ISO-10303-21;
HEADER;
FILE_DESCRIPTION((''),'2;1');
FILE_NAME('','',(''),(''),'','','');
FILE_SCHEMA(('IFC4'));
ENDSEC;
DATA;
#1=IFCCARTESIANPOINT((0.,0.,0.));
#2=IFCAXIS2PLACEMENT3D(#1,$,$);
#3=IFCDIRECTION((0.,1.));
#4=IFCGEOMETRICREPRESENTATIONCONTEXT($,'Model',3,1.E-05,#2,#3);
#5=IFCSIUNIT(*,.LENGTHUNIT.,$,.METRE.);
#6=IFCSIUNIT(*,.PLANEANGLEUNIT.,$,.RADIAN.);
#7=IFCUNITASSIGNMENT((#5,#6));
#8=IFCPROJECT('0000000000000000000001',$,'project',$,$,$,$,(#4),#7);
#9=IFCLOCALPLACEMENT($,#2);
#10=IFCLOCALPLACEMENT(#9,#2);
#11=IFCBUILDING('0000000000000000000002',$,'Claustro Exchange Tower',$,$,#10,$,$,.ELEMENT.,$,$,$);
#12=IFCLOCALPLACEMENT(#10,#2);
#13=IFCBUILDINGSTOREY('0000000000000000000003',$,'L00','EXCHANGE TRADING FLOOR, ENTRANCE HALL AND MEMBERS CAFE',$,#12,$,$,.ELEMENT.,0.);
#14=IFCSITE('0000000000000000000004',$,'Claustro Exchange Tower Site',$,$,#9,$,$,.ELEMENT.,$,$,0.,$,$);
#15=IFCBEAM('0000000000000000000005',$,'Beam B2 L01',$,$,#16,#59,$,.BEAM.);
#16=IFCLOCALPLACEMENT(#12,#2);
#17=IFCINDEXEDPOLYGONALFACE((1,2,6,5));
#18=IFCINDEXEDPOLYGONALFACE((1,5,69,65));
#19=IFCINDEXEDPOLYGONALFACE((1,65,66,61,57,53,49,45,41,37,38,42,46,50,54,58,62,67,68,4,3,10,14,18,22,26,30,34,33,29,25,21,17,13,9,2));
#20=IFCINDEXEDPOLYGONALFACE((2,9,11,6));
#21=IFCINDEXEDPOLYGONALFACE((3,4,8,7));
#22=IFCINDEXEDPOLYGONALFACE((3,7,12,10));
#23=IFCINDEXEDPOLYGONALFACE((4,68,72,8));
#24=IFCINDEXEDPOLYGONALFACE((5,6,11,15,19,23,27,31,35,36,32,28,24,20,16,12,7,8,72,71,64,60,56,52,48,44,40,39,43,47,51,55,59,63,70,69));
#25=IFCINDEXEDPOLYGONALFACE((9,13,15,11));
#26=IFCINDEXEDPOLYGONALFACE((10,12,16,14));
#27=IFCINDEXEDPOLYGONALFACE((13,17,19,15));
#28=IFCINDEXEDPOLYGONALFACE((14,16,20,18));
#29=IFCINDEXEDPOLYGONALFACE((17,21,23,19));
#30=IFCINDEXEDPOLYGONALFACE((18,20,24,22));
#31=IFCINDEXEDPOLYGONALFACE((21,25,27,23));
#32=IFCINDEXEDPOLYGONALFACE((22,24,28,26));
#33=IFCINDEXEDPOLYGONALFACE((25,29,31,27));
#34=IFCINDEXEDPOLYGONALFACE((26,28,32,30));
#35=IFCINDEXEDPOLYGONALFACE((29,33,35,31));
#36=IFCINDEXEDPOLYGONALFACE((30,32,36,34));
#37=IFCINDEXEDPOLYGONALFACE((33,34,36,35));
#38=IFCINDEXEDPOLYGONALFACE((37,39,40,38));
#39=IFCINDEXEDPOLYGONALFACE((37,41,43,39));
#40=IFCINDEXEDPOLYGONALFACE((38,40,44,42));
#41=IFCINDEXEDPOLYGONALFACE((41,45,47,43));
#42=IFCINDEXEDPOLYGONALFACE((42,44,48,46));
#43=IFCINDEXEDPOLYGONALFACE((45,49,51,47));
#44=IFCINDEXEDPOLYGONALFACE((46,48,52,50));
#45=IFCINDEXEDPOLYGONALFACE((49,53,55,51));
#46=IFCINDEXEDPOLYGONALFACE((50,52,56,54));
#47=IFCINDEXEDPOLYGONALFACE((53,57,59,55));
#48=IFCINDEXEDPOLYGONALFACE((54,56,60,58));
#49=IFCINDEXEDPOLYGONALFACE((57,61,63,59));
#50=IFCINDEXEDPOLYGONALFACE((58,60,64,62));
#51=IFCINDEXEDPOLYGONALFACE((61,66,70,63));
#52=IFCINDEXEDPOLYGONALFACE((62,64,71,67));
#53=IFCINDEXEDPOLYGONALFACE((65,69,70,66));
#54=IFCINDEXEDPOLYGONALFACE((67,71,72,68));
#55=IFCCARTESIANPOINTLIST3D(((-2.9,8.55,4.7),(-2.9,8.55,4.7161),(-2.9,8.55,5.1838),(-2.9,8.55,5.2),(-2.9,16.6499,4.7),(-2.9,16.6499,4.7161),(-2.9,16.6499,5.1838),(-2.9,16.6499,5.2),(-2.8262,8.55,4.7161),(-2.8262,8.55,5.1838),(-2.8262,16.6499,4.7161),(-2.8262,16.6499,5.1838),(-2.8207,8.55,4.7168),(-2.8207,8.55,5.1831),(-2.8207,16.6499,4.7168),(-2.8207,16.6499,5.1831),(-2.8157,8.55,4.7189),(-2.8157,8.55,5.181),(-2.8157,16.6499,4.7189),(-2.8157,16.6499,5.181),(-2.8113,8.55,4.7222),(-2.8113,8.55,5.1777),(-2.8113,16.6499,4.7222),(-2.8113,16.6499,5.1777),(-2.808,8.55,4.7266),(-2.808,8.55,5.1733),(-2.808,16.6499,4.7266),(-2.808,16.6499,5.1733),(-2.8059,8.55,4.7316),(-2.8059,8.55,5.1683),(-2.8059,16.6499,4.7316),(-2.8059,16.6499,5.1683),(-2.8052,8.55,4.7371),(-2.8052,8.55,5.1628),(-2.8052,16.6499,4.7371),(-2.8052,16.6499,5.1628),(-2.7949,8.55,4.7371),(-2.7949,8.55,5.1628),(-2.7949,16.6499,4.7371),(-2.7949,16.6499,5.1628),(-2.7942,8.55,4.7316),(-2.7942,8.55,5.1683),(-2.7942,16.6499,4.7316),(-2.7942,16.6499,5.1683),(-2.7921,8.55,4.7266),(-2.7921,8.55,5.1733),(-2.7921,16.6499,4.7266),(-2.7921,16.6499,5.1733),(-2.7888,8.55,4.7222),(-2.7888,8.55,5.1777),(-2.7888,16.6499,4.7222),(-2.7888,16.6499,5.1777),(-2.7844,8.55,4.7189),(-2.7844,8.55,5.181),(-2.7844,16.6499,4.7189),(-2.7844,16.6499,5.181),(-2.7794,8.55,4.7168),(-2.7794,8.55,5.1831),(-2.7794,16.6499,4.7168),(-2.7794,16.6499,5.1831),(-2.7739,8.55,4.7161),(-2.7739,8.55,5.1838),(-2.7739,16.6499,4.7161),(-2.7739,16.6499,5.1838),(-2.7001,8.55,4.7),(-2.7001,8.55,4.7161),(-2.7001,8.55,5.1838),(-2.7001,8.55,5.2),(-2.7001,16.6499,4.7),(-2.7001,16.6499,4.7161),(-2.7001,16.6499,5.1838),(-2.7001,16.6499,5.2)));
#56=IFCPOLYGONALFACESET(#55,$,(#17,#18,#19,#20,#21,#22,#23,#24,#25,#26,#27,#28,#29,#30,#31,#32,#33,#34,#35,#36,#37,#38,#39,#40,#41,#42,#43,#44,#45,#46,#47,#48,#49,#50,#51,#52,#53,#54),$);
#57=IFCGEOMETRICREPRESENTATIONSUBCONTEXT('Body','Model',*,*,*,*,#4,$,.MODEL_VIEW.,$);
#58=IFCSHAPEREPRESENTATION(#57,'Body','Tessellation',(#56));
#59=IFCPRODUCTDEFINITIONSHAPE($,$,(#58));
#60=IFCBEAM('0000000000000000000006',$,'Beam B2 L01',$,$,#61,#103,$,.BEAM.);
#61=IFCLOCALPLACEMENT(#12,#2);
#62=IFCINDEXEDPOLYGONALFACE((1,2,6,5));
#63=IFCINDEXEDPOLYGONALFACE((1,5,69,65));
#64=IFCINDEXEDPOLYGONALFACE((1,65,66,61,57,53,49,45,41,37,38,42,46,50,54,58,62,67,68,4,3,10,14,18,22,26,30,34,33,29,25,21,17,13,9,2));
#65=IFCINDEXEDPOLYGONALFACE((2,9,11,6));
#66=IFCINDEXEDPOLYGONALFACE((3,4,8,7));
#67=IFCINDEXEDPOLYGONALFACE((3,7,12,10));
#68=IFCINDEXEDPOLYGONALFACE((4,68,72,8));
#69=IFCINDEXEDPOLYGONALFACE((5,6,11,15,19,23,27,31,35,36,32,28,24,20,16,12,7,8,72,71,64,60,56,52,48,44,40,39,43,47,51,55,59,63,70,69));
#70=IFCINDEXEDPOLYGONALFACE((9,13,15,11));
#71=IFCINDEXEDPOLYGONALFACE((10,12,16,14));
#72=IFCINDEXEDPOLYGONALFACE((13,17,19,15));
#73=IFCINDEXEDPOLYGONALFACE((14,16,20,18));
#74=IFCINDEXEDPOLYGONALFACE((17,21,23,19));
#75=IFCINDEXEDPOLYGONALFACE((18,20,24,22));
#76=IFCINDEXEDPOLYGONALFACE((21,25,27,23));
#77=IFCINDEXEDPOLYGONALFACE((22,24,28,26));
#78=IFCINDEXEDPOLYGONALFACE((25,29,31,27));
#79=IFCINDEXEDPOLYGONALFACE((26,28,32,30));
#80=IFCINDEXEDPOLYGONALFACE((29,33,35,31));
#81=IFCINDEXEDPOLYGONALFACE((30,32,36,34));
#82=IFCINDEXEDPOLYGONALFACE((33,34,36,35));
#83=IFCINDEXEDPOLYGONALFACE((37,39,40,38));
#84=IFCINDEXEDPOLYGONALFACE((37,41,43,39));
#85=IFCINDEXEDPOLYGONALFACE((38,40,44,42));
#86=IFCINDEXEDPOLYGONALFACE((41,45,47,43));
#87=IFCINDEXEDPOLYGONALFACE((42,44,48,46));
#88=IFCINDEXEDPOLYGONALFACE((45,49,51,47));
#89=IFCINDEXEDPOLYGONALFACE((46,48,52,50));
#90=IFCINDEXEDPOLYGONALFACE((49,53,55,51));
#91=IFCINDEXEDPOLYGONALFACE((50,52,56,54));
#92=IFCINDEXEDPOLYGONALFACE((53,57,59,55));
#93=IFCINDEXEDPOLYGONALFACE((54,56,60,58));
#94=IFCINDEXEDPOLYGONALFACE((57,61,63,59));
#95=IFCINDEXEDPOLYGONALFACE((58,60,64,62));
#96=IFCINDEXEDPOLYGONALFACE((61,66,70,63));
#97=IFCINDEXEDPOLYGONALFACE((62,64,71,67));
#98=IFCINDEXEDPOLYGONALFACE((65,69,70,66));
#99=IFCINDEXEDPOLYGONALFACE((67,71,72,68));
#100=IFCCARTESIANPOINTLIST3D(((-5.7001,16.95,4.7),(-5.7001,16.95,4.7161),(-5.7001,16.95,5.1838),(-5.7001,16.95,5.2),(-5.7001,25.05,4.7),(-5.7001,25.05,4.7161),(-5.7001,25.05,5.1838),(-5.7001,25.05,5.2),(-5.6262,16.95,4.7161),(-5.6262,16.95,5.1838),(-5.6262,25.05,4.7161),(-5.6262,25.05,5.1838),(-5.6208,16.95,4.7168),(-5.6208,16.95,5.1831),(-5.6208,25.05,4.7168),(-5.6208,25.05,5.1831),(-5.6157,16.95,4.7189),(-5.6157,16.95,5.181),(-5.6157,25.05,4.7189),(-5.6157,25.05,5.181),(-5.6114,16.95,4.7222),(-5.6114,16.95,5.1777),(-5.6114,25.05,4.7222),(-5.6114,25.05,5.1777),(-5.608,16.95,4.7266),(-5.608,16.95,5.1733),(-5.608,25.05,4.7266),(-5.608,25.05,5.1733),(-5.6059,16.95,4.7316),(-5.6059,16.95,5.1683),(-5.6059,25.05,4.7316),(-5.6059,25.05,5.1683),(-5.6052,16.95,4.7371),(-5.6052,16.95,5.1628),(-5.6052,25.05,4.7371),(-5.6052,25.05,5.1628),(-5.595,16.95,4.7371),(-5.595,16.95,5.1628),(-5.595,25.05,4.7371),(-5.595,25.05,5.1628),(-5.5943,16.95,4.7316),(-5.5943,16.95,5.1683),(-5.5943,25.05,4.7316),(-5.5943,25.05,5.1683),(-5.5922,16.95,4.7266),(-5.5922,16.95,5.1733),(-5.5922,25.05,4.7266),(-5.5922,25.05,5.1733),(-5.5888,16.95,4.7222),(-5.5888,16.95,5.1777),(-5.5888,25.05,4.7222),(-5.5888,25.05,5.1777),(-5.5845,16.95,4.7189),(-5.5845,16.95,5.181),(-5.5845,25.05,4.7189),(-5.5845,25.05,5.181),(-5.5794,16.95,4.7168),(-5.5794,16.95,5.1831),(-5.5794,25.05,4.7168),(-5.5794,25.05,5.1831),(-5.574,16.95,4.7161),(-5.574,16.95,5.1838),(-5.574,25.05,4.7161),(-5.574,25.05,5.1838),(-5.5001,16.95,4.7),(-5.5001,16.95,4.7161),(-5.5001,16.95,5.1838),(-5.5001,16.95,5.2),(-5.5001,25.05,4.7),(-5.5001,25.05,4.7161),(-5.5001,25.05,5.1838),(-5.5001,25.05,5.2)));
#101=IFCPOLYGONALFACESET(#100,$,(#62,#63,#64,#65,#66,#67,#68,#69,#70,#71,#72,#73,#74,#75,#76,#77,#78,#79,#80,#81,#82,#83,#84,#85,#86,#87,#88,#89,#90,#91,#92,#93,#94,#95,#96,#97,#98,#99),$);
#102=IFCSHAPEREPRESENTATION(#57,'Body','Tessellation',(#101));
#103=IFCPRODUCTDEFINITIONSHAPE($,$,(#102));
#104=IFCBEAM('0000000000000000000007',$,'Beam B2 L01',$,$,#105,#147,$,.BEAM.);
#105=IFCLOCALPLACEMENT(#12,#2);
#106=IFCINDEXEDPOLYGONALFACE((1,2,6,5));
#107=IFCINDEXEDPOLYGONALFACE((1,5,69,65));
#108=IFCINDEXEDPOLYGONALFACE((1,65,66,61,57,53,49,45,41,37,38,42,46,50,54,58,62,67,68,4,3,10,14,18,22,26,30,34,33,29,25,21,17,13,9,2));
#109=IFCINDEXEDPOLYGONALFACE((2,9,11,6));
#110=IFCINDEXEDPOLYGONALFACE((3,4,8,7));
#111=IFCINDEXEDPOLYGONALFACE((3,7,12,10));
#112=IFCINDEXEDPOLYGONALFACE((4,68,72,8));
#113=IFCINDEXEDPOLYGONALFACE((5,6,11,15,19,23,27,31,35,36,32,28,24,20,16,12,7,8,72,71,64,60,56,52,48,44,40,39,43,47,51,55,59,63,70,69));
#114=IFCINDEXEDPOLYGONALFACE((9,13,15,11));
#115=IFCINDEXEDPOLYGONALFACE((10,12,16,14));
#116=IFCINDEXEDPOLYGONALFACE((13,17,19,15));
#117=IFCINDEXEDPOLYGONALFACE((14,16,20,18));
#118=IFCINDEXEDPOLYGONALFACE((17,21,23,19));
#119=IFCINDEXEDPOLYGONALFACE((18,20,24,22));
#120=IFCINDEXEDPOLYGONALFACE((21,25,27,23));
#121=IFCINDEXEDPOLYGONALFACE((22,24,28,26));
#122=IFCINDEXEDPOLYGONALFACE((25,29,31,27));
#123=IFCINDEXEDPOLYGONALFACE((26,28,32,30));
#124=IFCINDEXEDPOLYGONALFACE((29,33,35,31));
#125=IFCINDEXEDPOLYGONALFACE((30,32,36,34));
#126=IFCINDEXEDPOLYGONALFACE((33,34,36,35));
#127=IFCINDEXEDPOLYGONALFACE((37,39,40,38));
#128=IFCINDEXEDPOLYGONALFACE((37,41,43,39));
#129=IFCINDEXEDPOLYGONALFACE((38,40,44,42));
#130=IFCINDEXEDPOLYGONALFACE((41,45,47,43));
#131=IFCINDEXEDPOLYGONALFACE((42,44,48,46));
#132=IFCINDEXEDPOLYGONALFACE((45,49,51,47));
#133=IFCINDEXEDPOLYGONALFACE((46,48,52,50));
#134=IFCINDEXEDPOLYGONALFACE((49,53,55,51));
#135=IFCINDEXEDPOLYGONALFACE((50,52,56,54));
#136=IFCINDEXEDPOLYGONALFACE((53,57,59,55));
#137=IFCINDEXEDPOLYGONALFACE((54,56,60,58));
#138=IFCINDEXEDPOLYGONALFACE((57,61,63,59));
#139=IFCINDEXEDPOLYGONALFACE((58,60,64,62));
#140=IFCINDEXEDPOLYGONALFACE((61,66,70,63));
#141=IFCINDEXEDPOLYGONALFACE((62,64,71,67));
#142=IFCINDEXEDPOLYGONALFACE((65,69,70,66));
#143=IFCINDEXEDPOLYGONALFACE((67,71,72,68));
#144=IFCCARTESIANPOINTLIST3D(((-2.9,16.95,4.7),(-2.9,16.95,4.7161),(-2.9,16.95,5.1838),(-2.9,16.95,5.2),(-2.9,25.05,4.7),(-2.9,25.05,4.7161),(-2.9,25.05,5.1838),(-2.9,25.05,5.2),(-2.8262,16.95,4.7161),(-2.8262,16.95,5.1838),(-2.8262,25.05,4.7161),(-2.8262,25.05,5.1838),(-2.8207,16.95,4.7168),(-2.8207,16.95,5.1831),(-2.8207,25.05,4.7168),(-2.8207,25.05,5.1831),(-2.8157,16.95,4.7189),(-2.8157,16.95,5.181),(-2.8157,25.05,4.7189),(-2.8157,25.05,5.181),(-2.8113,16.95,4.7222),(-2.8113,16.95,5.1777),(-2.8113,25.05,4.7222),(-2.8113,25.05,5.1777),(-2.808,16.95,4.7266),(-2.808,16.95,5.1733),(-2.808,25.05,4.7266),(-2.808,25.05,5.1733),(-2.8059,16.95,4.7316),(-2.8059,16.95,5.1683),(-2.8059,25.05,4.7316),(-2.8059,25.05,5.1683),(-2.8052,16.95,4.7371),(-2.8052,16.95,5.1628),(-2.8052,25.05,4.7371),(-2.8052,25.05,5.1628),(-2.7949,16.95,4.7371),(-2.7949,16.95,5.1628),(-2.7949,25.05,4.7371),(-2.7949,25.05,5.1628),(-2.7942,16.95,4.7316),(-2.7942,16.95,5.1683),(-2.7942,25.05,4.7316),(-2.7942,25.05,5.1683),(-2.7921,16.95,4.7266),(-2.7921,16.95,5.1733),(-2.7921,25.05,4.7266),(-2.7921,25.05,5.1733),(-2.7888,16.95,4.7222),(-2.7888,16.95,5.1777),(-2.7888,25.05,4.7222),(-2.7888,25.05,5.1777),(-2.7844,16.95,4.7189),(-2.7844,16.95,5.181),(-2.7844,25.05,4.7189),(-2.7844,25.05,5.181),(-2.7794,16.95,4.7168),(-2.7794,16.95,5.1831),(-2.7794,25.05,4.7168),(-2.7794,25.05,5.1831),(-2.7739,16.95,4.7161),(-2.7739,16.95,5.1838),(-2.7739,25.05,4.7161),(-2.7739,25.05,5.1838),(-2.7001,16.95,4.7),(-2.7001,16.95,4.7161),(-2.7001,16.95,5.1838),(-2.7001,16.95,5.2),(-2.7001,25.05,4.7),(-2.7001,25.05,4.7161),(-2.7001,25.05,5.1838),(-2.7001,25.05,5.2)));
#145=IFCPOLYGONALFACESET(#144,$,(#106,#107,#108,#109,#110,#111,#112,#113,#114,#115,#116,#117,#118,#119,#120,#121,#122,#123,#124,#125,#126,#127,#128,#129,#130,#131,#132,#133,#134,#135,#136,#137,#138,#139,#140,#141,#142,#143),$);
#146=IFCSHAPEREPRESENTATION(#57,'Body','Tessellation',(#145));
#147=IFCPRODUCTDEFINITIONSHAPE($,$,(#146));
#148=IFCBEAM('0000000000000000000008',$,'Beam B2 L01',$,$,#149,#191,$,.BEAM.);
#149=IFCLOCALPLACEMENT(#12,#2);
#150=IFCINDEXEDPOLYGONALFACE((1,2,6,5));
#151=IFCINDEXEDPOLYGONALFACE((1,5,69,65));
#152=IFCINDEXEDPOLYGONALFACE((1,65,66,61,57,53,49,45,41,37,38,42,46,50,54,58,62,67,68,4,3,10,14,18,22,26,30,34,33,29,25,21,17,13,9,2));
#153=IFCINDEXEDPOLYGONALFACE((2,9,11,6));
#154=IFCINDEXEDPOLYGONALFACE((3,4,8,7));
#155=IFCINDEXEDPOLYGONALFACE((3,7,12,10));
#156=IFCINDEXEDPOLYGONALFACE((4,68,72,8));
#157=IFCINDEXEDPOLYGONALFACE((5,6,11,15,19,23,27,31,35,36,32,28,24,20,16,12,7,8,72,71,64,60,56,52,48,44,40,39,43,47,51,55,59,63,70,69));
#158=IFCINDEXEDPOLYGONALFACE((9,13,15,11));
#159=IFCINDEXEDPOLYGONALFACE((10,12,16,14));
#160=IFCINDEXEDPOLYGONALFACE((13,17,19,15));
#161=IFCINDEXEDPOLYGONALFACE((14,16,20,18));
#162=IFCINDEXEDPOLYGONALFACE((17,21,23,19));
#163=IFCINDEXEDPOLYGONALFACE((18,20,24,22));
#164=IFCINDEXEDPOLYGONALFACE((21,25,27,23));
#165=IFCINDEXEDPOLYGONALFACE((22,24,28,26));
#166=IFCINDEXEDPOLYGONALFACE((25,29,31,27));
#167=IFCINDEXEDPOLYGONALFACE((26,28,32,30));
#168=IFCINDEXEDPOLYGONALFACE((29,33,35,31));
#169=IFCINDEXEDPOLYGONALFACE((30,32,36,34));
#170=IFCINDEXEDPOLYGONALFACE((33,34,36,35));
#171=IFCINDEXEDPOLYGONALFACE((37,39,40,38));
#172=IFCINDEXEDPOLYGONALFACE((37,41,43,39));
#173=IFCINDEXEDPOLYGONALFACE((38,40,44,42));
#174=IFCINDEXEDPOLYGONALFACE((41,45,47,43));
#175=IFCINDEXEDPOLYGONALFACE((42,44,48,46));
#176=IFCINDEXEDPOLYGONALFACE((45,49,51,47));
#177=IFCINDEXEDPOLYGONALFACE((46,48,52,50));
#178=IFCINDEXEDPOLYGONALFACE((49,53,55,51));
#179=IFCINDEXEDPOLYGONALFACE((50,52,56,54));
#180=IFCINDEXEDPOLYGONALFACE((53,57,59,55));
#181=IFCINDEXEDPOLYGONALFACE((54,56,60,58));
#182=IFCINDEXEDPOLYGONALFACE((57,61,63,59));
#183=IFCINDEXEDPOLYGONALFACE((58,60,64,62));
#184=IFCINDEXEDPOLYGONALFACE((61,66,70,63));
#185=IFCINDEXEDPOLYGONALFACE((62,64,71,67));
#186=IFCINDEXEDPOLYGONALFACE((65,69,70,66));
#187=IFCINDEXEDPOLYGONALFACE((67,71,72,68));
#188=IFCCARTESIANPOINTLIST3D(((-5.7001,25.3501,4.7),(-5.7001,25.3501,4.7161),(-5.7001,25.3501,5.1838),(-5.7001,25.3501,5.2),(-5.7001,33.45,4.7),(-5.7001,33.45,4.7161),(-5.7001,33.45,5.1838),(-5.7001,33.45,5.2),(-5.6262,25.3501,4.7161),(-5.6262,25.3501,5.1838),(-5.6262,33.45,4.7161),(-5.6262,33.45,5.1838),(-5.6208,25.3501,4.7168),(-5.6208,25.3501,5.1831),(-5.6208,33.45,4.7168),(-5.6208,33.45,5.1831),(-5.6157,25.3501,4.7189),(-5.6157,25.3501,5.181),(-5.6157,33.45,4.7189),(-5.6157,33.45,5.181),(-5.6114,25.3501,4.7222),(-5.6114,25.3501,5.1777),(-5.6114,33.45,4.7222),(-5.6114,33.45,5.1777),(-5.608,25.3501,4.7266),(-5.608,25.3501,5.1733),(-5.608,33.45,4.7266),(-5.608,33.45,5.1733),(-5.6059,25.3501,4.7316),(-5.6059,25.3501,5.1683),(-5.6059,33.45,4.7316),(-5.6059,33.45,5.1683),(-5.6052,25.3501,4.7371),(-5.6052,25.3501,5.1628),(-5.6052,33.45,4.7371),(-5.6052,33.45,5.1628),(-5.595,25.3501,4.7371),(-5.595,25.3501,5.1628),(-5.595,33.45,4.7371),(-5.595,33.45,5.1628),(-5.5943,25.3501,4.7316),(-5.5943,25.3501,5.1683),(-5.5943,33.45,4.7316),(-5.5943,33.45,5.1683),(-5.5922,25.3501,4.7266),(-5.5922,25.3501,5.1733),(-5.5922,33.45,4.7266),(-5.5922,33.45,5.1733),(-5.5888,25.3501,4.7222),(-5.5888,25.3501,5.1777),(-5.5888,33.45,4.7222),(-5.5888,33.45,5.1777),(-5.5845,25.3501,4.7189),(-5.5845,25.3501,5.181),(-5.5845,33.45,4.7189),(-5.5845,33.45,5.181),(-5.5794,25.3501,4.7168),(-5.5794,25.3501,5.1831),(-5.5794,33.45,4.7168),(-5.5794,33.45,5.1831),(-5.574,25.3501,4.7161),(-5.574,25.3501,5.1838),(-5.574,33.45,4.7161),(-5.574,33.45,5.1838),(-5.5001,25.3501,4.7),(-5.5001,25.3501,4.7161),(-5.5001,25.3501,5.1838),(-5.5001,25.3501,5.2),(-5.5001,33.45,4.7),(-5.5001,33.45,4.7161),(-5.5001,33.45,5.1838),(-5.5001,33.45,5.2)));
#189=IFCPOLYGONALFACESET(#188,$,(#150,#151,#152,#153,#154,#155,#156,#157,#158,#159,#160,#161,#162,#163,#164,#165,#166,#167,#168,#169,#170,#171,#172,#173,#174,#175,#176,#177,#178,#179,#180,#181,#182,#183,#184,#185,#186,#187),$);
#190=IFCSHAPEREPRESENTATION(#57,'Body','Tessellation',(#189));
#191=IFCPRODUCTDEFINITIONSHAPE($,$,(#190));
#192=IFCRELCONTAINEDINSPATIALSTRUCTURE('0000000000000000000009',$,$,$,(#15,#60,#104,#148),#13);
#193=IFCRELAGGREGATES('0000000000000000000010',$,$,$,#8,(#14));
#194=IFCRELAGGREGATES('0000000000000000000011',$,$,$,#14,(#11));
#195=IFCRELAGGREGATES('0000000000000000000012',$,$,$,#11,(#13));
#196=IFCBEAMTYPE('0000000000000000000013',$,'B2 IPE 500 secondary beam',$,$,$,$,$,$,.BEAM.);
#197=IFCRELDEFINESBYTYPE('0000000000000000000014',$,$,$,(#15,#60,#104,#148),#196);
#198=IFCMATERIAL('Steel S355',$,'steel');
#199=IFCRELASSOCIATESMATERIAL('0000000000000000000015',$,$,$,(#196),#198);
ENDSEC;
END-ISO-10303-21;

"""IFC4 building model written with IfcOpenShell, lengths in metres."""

from ifc_helpers import new_model, si_unit, direction, frame, origin, origin_2d, place, context, subcontext, project, spatial, i_section, extrude, material, material_profile, profile_set, type_object, element, save


model = new_model("IFC4")

# Units and contexts
model_context = context("Model", 3, precision=1e-05, world=origin(), true_north=direction((0.0, 1.0)))
body_context = subcontext(model_context, "Body", "Model", "MODEL_VIEW")
ifc_project = project(units=[si_unit("LENGTHUNIT", "METRE"), si_unit("PLANEANGLEUNIT", "RADIAN")], contexts=[model_context])

# Site, building, storey
site_placement = place(None, origin())
site = spatial("IfcSite", under=ifc_project, at=site_placement, Name="Claustro Exchange Tower Site", CompositionType="ELEMENT", RefElevation=0.0)
building_placement = place(site_placement, origin())
building = spatial("IfcBuilding", under=site, at=building_placement, Name="Claustro Exchange Tower", CompositionType="ELEMENT")
storey_placement = place(building_placement, origin())
storey = spatial("IfcBuildingStorey", under=building, at=storey_placement, Name="L00", Description="EXCHANGE TRADING FLOOR, ENTRANCE HALL AND MEMBERS CAFE", CompositionType="ELEMENT", Elevation=0.0)

# Beams
ifc_material_1 = material(Name="Steel S355", Category="steel")
ifc_material_profile_1 = material_profile(ifc_material_1, i_section(OverallWidth=0.2, OverallDepth=0.5, WebThickness=0.0103, FlangeThickness=0.0161, FilletRadius=0.021, at=origin_2d()), Name="IPE 500")
ifc_profile_set_1 = profile_set([ifc_material_profile_1], Name="Steel S355")
beam_type_1 = type_object("IfcBeamType", Name="B2 IPE 500 secondary beam", PredefinedType="BEAM", material=ifc_profile_set_1)
for number, where, z_axis, x_axis, name in (
    (1, (-2.8, 8.55, 4.95), (0.0, 1.0, 0.0), (-1.0, 0.0, 0.0), "Beam B2 L01"),
):
    element("IfcBeam", number, at=place(storey_placement, frame(where, z_axis=z_axis, x_axis=x_axis)), inside=storey, type_object=beam_type_1, Name=name, PredefinedType="BEAM", context=body_context, shape_type="SweptSolid", body=[
        extrude(i_section(OverallWidth=0.2, OverallDepth=0.5, WebThickness=0.0103, FlangeThickness=0.0161, FilletRadius=0.021, at=origin_2d()), origin(), (0.0, 0.0, 1.0), 8.0999),
    ])
for number, where, z_axis, x_axis, name in (
    (2, (-5.6001, 16.95, 4.95), (0.0, 1.0, 0.0), (-1.0, 0.0, 0.0), "Beam B2 L01"),
    (3, (-2.8, 16.95, 4.95), (0.0, 1.0, 0.0), (-1.0, 0.0, 0.0), "Beam B2 L01"),
):
    element("IfcBeam", number, at=place(storey_placement, frame(where, z_axis=z_axis, x_axis=x_axis)), inside=storey, type_object=beam_type_1, Name=name, PredefinedType="BEAM", context=body_context, shape_type="SweptSolid", body=[
        extrude(i_section(OverallWidth=0.2, OverallDepth=0.5, WebThickness=0.0103, FlangeThickness=0.0161, FilletRadius=0.021, at=origin_2d()), origin(), (0.0, 0.0, 1.0), 8.1001),
    ])
beam_1_placement = place(storey_placement, frame((-5.6001, 25.3501, 4.95), z_axis=(0.0, 1.0, 0.0), x_axis=(-1.0, 0.0, 0.0)))
element("IfcBeam", 4, at=beam_1_placement, inside=storey, type_object=beam_type_1, Name="Beam B2 L01", PredefinedType="BEAM", context=body_context, shape_type="SweptSolid", body=[
    extrude(i_section(OverallWidth=0.2, OverallDepth=0.5, WebThickness=0.0103, FlangeThickness=0.0161, FilletRadius=0.021, at=origin_2d()), origin(), (0.0, 0.0, 1.0), 8.0999),
])

save(model, "model.ifc")
